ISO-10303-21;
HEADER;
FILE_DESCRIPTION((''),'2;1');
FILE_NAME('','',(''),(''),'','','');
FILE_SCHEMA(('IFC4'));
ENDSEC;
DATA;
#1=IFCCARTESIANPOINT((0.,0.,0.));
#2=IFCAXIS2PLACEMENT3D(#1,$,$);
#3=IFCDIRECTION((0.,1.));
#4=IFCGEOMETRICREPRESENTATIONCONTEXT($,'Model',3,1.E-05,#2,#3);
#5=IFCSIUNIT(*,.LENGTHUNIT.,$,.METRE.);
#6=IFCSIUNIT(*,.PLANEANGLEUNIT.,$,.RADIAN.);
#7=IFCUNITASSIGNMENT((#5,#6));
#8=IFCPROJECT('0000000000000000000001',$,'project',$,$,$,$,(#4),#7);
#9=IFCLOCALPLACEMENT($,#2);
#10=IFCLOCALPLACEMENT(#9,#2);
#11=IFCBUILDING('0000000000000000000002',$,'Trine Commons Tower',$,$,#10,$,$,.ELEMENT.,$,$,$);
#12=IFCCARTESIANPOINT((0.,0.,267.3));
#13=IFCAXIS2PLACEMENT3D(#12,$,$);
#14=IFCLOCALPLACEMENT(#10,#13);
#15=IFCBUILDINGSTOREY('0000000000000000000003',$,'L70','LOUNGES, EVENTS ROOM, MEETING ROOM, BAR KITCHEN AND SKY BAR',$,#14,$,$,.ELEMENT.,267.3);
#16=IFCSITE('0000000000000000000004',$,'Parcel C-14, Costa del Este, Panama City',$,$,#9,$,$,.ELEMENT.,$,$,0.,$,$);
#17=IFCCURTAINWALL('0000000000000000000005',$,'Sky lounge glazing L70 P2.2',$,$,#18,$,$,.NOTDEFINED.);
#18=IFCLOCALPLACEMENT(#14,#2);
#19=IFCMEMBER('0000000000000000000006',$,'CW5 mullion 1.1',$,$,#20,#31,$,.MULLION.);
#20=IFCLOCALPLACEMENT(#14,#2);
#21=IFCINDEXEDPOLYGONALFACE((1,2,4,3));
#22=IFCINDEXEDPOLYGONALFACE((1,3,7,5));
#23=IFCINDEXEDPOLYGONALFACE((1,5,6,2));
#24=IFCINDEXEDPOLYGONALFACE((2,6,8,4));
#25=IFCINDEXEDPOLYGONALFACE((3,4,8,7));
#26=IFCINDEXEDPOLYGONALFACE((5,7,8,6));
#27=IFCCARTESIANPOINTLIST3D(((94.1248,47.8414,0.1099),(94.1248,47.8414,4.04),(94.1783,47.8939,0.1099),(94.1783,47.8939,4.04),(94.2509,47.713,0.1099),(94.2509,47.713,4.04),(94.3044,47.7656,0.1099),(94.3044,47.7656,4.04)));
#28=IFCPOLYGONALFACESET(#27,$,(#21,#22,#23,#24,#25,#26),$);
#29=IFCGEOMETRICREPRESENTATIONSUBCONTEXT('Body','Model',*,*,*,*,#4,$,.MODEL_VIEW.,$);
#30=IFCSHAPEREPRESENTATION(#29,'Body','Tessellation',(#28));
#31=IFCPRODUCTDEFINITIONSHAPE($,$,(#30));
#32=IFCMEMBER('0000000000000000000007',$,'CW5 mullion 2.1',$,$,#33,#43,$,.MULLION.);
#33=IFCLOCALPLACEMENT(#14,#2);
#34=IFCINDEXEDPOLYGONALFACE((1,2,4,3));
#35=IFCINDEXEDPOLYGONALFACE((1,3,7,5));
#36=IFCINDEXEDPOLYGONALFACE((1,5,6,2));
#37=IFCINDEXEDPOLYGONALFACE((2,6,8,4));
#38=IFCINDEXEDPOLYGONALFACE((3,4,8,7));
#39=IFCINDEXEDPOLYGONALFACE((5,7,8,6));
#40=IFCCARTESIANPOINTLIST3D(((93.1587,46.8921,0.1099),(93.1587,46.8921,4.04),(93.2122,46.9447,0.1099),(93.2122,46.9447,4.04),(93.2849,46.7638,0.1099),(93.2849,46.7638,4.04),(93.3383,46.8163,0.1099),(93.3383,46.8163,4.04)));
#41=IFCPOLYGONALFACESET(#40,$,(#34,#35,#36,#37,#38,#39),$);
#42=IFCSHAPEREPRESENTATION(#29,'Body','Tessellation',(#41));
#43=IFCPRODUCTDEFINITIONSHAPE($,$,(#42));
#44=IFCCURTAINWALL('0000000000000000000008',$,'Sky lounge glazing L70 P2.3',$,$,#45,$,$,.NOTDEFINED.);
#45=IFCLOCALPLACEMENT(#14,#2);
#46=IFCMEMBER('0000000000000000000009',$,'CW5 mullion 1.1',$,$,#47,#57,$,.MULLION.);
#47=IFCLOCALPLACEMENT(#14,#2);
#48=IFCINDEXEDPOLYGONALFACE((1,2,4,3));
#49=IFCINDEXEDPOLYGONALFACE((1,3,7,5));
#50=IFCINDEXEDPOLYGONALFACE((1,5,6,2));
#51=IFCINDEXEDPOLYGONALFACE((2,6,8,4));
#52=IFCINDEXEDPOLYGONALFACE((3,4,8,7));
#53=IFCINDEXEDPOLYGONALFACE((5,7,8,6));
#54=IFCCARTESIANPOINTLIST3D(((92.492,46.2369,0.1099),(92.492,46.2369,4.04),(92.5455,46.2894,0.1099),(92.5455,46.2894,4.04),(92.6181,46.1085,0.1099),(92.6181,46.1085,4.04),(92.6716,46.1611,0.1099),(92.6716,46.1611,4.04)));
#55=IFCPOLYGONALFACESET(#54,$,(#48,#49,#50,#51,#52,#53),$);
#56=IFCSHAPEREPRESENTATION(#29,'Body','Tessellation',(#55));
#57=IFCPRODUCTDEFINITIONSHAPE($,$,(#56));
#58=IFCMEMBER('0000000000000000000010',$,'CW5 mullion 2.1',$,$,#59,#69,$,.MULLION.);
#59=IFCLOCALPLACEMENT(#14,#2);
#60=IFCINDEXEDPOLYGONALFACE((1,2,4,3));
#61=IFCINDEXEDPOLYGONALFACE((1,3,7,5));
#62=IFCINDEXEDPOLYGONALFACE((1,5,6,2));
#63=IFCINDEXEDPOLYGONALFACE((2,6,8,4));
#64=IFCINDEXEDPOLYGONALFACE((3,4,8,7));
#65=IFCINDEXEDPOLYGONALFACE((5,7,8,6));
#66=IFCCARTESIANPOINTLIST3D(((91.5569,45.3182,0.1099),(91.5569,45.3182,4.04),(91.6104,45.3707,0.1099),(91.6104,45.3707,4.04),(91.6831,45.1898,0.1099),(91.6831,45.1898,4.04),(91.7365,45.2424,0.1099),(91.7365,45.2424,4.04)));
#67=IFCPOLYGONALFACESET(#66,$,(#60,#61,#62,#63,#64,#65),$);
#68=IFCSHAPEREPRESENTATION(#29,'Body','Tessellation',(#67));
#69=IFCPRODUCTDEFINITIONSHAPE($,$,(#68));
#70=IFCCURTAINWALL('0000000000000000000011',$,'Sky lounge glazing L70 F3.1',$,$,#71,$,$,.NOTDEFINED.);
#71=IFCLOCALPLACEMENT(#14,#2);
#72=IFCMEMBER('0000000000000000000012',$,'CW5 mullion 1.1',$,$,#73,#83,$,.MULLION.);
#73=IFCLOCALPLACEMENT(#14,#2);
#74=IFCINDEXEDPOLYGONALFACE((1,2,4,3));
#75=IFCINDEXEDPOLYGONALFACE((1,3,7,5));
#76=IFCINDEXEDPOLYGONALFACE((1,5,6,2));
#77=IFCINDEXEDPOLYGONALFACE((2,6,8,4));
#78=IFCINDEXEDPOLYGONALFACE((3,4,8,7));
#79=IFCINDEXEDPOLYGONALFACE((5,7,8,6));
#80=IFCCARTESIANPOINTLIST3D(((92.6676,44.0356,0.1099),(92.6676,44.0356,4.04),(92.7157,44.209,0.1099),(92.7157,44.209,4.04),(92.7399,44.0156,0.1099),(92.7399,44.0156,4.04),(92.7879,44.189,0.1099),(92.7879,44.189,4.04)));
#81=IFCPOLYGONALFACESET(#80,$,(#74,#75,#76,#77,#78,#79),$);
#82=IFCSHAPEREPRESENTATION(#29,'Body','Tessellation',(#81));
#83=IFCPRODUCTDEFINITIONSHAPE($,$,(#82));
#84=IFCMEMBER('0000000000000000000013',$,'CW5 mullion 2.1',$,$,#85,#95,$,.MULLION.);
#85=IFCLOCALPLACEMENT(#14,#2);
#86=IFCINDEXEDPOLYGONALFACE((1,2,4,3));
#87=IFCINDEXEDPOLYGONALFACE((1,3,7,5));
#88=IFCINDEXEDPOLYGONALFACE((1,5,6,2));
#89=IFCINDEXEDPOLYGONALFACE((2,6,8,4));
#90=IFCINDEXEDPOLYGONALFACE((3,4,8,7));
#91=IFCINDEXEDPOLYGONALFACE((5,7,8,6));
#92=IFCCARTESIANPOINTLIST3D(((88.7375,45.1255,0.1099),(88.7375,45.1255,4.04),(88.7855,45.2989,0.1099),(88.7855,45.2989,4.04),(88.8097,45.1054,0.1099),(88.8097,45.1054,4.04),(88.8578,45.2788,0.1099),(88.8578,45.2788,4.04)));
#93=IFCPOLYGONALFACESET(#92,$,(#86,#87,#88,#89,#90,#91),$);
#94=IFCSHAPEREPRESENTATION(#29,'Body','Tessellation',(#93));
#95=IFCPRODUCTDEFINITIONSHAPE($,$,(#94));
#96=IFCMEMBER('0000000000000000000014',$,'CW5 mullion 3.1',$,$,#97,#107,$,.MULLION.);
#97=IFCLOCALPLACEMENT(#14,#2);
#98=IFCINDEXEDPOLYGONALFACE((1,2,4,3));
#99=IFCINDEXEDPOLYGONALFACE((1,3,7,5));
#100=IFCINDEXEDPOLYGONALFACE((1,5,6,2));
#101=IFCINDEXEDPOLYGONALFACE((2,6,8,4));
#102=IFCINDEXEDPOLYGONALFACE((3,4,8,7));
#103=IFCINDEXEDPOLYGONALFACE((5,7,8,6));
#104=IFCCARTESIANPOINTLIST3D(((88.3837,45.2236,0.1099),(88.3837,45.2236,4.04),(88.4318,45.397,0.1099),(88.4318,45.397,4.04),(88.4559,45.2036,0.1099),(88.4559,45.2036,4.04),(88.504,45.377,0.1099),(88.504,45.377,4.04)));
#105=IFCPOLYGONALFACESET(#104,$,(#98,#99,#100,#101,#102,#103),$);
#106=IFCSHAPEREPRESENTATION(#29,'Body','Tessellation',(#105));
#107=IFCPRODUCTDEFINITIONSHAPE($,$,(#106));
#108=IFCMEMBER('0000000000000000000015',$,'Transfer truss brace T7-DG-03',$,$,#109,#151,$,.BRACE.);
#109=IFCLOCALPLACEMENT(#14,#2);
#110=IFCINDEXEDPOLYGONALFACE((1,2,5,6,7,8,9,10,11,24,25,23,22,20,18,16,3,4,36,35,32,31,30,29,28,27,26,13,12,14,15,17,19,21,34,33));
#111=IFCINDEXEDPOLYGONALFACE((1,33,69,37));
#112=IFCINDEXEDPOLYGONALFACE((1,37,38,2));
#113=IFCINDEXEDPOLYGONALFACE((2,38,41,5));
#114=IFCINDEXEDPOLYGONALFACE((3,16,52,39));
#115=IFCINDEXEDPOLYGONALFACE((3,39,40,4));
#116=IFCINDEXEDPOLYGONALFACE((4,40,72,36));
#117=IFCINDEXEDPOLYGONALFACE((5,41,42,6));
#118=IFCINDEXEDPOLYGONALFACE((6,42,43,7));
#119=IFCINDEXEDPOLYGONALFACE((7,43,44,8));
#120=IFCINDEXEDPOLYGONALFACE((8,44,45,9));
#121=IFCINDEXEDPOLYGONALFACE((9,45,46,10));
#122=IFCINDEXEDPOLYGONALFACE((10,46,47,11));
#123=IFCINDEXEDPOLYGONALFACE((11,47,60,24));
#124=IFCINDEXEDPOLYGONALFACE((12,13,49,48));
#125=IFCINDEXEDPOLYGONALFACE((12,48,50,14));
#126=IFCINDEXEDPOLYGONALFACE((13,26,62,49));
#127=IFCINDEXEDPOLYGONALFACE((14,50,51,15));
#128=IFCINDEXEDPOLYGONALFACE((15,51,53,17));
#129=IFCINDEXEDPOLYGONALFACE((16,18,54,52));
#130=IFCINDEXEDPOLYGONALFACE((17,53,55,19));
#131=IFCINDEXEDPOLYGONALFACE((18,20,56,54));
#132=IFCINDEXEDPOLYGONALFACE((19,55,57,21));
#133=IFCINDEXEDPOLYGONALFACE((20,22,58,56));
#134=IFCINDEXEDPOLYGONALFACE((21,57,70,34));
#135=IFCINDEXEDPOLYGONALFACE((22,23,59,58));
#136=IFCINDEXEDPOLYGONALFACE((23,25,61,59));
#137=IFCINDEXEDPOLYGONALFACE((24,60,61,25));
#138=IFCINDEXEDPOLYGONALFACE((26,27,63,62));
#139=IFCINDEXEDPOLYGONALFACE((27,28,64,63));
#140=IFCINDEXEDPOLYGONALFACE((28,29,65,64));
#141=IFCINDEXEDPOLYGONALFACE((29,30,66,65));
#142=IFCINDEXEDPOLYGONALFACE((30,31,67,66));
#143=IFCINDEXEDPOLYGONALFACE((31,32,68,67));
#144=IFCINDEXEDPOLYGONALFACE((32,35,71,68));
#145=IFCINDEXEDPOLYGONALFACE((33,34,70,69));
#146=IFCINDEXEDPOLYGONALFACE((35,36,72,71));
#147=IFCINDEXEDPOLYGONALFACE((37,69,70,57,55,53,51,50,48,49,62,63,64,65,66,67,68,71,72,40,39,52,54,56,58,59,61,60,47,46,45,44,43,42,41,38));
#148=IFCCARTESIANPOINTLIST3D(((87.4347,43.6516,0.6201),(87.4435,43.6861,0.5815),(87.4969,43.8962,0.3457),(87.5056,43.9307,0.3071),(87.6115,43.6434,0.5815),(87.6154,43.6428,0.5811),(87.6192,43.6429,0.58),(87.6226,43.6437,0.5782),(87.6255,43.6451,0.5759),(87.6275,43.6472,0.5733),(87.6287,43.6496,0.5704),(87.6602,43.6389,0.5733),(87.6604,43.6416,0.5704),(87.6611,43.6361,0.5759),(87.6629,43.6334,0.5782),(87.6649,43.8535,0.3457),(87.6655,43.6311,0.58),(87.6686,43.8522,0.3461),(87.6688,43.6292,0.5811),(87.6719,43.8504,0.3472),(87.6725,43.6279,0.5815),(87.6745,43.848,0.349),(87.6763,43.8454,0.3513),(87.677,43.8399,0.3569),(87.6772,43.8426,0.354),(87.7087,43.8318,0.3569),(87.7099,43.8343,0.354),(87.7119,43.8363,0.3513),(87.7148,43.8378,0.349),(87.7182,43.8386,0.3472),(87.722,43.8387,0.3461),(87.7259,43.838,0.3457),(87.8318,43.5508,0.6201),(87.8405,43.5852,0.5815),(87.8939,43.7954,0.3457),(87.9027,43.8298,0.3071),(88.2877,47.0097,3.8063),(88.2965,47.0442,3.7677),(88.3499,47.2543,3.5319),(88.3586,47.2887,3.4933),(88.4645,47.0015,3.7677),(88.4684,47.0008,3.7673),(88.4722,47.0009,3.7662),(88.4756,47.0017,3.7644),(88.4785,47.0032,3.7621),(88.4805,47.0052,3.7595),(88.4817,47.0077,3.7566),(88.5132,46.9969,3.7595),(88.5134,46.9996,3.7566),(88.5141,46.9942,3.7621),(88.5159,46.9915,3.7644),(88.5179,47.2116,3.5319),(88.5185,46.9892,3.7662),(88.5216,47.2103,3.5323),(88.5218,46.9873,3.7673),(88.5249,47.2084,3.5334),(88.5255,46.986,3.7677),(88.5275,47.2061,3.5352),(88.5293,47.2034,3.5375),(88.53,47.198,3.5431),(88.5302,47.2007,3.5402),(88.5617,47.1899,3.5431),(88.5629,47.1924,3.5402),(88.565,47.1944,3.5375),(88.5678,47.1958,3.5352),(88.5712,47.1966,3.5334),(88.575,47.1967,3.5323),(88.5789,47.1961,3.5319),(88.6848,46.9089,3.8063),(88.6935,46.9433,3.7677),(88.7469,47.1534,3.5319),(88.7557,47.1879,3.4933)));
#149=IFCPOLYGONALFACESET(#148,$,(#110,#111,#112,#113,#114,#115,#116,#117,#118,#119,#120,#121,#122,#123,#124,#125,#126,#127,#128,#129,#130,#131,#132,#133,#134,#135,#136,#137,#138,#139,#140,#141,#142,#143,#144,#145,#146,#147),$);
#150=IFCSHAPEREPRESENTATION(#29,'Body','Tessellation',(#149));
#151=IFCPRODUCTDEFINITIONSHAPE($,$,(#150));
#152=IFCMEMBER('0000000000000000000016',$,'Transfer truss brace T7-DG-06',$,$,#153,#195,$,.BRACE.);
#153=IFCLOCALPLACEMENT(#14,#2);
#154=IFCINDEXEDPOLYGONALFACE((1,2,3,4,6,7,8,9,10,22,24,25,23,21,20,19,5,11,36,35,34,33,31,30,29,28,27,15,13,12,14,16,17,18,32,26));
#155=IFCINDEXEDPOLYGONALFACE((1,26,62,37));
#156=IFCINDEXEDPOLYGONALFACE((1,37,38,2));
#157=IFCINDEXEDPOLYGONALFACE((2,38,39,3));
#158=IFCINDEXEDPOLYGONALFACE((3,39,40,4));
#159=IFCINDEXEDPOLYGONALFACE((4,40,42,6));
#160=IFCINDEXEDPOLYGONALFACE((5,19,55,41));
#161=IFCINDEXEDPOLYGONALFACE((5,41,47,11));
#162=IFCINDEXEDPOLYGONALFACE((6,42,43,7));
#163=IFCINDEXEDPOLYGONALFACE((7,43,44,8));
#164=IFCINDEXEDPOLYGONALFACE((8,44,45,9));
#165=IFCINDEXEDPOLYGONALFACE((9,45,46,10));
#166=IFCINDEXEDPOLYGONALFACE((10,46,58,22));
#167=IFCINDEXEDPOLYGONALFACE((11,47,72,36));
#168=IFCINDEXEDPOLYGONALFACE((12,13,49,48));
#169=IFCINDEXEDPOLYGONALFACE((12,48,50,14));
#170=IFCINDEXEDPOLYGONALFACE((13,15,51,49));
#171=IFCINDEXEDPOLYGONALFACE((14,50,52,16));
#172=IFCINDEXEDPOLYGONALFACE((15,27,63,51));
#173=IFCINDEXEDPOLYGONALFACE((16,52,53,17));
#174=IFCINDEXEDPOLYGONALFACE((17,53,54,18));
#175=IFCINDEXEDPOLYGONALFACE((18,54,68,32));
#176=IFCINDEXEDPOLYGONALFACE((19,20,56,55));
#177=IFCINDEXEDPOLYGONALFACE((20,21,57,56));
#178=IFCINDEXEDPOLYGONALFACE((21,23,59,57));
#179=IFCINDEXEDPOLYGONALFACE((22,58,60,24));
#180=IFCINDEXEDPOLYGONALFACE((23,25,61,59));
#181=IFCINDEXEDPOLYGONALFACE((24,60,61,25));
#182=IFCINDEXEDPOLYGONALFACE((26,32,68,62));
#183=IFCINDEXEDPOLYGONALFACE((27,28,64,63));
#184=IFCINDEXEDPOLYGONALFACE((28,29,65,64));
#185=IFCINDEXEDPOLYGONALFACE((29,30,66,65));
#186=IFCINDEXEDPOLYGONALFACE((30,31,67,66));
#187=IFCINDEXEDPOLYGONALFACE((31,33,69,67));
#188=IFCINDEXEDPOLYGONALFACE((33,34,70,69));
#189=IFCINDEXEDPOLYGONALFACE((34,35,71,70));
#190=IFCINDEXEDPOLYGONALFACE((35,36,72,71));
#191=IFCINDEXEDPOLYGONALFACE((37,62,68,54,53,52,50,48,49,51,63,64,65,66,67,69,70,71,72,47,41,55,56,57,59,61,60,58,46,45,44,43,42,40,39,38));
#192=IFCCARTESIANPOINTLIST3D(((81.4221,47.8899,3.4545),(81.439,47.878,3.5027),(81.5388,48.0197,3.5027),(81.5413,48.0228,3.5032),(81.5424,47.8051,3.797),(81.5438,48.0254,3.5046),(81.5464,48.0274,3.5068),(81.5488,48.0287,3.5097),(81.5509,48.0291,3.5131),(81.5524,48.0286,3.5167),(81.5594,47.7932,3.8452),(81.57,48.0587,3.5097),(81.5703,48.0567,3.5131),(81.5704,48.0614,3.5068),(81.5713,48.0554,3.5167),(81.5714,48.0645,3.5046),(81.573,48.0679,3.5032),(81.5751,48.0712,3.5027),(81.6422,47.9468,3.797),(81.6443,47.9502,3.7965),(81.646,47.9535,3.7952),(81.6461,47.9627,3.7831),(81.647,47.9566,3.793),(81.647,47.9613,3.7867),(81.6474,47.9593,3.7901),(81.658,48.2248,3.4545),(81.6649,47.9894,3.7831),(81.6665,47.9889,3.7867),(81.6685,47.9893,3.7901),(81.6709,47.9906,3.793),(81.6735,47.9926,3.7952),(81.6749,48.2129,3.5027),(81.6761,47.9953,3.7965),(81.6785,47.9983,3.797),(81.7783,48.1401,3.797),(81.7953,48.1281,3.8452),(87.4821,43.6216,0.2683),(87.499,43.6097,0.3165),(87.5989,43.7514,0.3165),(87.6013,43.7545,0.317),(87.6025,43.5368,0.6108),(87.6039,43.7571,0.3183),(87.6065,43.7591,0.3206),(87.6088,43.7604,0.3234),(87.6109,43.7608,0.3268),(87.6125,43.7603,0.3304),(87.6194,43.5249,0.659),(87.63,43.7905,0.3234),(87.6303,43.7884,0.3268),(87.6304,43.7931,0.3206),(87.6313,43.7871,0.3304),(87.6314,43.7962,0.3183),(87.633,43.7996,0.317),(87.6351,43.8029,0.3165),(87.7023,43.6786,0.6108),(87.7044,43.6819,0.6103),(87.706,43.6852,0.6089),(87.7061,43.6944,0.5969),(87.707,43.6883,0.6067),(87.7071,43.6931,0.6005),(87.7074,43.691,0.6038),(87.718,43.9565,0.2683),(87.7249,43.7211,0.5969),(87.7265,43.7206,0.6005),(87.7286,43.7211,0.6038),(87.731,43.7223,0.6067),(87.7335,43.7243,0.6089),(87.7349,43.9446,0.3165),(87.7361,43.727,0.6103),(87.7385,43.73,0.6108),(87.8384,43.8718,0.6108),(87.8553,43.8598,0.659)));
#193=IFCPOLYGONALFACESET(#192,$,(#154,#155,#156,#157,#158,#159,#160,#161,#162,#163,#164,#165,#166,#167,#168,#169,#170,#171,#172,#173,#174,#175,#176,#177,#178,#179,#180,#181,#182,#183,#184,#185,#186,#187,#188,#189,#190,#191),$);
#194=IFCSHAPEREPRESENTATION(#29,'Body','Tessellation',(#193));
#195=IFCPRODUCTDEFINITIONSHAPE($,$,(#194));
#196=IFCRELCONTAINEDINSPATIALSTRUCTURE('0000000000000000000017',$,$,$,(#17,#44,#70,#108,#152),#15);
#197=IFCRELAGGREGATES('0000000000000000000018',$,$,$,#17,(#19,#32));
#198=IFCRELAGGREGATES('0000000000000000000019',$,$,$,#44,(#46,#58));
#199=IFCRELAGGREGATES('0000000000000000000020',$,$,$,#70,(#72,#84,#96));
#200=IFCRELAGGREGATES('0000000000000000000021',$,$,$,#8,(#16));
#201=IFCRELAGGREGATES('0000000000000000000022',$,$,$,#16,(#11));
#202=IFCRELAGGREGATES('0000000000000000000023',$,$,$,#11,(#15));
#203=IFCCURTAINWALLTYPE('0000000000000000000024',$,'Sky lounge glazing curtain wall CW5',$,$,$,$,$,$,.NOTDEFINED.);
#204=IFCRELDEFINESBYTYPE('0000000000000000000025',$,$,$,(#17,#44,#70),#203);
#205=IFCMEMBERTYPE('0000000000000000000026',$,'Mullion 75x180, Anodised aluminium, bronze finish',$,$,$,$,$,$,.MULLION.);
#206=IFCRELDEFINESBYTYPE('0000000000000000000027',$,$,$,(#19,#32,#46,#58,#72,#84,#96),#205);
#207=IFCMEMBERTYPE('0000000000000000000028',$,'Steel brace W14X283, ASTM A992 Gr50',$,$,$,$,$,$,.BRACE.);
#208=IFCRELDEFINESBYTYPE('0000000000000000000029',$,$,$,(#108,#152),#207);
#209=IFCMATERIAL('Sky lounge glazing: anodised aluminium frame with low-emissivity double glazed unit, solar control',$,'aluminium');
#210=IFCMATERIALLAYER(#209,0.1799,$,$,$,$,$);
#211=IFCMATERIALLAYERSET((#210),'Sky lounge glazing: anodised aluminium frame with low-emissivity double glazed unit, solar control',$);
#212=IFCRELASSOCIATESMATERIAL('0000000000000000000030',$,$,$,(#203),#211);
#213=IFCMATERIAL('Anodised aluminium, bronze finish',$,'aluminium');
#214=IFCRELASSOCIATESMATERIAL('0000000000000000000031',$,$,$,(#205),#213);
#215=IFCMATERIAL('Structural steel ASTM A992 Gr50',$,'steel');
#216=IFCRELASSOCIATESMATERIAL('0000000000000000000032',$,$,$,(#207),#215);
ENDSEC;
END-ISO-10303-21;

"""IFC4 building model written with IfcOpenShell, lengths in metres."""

from ifc_helpers import new_model, si_unit, direction, frame, origin, origin_2d, place, context, subcontext, project, spatial, rectangle, i_section, extrude, material, layer, layer_set, material_profile, profile_set, type_object, element, aggregate, save


model = new_model("IFC4")

# Units and contexts
model_context = context("Model", 3, precision=1e-05, world=origin(), true_north=direction((0.0, 1.0)))
body_context = subcontext(model_context, "Body", "Model", "MODEL_VIEW")
ifc_project = project(units=[si_unit("LENGTHUNIT", "METRE"), si_unit("PLANEANGLEUNIT", "RADIAN")], contexts=[model_context])

# Site, building, storey
site_placement = place(None, origin())
site = spatial("IfcSite", under=ifc_project, at=site_placement, Name="Parcel C-14, Costa del Este, Panama City", CompositionType="ELEMENT", RefElevation=0.0)
building_placement = place(site_placement, origin())
building = spatial("IfcBuilding", under=site, at=building_placement, Name="Trine Commons Tower", CompositionType="ELEMENT")
storey_placement = place(building_placement, frame((0.0, 0.0, 267.3)))
storey = spatial("IfcBuildingStorey", under=building, at=storey_placement, Name="L70", Description="LOUNGES, EVENTS ROOM, MEETING ROOM, BAR KITCHEN AND SKY BAR", CompositionType="ELEMENT", Elevation=267.3)

# Curtain walls, members
ifc_material_1 = material(Name="Sky lounge glazing: anodised aluminium frame with low-emissivity double glazed unit, solar control", Category="aluminium")
ifc_layer_1 = layer(ifc_material_1, 0.1799)
ifc_layer_set_1 = layer_set([ifc_layer_1], Name="Sky lounge glazing: anodised aluminium frame with low-emissivity double glazed unit, solar control")
curtain_wall_type = type_object("IfcCurtainWallType", Name="Sky lounge glazing curtain wall CW5", PredefinedType="NOTDEFINED", material=ifc_layer_set_1)
curtain_wall_1_placement = place(storey_placement, origin())
curtain_wall_1 = element("IfcCurtainWall", 1, at=curtain_wall_1_placement, inside=storey, type_object=curtain_wall_type, Name="Sky lounge glazing L70 P2.2", PredefinedType="NOTDEFINED")
ifc_material_2 = material(Name="Anodised aluminium, bronze finish", Category="aluminium")
ifc_material_profile_1 = material_profile(ifc_material_2, rectangle(XDim=0.1799, YDim=0.075, at=origin_2d()), Name="Mullion 75x180")
ifc_profile_set_1 = profile_set([ifc_material_profile_1], Name="Anodised aluminium, bronze finish")
member_type_1 = type_object("IfcMemberType", Name="Mullion 75x180, Anodised aluminium, bronze finish", PredefinedType="MULLION", material=ifc_profile_set_1)
member_1_placement = place(storey_placement, frame((94.2146, 47.8035, 0.1099), z_axis=(0.0, 0.0, 1.0), x_axis=(0.700909, -0.71325, 0.0)))
member_1 = element("IfcMember", 2, at=member_1_placement, type_object=member_type_1, Name="CW5 mullion 1.1", PredefinedType="MULLION", context=body_context, shape_type="SweptSolid", body=[
    extrude(rectangle(XDim=0.1799, YDim=0.075, at=origin_2d()), origin(), (0.0, 0.0, 1.0), 3.9302),
])
member_2_placement = place(storey_placement, frame((93.2485, 46.8542, 0.1099), z_axis=(0.0, 0.0, 1.0), x_axis=(0.700909, -0.71325, 0.0)))
member_2 = element("IfcMember", 3, at=member_2_placement, type_object=member_type_1, Name="CW5 mullion 2.1", PredefinedType="MULLION", context=body_context, shape_type="SweptSolid", body=[
    extrude(rectangle(XDim=0.1799, YDim=0.075, at=origin_2d()), origin(), (0.0, 0.0, 1.0), 3.9302),
])
curtain_wall_2_placement = place(storey_placement, origin())
curtain_wall_2 = element("IfcCurtainWall", 4, at=curtain_wall_2_placement, inside=storey, type_object=curtain_wall_type, Name="Sky lounge glazing L70 P2.3", PredefinedType="NOTDEFINED")
member_3_placement = place(storey_placement, frame((92.5818, 46.199, 0.1099), z_axis=(0.0, 0.0, 1.0), x_axis=(0.700909, -0.71325, 0.0)))
member_3 = element("IfcMember", 5, at=member_3_placement, type_object=member_type_1, Name="CW5 mullion 1.1", PredefinedType="MULLION", context=body_context, shape_type="SweptSolid", body=[
    extrude(rectangle(XDim=0.1799, YDim=0.075, at=origin_2d()), origin(), (0.0, 0.0, 1.0), 3.9302),
])
member_4_placement = place(storey_placement, frame((91.6467, 45.2803, 0.1099), z_axis=(0.0, 0.0, 1.0), x_axis=(0.700909, -0.71325, 0.0)))
member_4 = element("IfcMember", 6, at=member_4_placement, type_object=member_type_1, Name="CW5 mullion 2.1", PredefinedType="MULLION", context=body_context, shape_type="SweptSolid", body=[
    extrude(rectangle(XDim=0.1799, YDim=0.075, at=origin_2d()), origin(), (0.0, 0.0, 1.0), 3.9302),
])
curtain_wall_3_placement = place(storey_placement, origin())
curtain_wall_3 = element("IfcCurtainWall", 7, at=curtain_wall_3_placement, inside=storey, type_object=curtain_wall_type, Name="Sky lounge glazing L70 F3.1", PredefinedType="NOTDEFINED")
member_5_placement = place(storey_placement, frame((92.7278, 44.1123, 0.1099), z_axis=(0.0, 0.0, 1.0), x_axis=(-0.267238, -0.96363, 0.0)))
member_5 = element("IfcMember", 8, at=member_5_placement, type_object=member_type_1, Name="CW5 mullion 1.1", PredefinedType="MULLION", context=body_context, shape_type="SweptSolid", body=[
    extrude(rectangle(XDim=0.1799, YDim=0.075, at=origin_2d()), origin(), (0.0, 0.0, 1.0), 3.9302),
])
member_6_placement = place(storey_placement, frame((88.7976, 45.2021, 0.1099), z_axis=(0.0, 0.0, 1.0), x_axis=(-0.267238, -0.96363, 0.0)))
member_6 = element("IfcMember", 9, at=member_6_placement, type_object=member_type_1, Name="CW5 mullion 2.1", PredefinedType="MULLION", context=body_context, shape_type="SweptSolid", body=[
    extrude(rectangle(XDim=0.1799, YDim=0.075, at=origin_2d()), origin(), (0.0, 0.0, 1.0), 3.9302),
])
member_7_placement = place(storey_placement, frame((88.4438, 45.3003, 0.1099), z_axis=(0.0, 0.0, 1.0), x_axis=(-0.267238, -0.96363, 0.0)))
member_7 = element("IfcMember", 10, at=member_7_placement, type_object=member_type_1, Name="CW5 mullion 3.1", PredefinedType="MULLION", context=body_context, shape_type="SweptSolid", body=[
    extrude(rectangle(XDim=0.1799, YDim=0.075, at=origin_2d()), origin(), (0.0, 0.0, 1.0), 3.9302),
])

# Members
ifc_material_3 = material(Name="Structural steel ASTM A992 Gr50", Category="steel")
ifc_material_profile_2 = material_profile(ifc_material_3, i_section(OverallWidth=0.4097, OverallDepth=0.4253, WebThickness=0.0327, FlangeThickness=0.0525, FilletRadius=0.0151, at=origin_2d()), Name="W14X283")
ifc_profile_set_2 = profile_set([ifc_material_profile_2], Name="Structural steel ASTM A992 Gr50")
member_type_2 = type_object("IfcMemberType", Name="Steel brace W14X283, ASTM A992 Gr50", PredefinedType="BRACE", material=ifc_profile_set_2)
member_8_placement = place(storey_placement, frame((87.6687, 43.7407, 0.4636), z_axis=(0.18122, 0.713416, 0.676902), x_axis=(-0.96922, 0.246198, 0.0)))
element("IfcMember", 11, at=member_8_placement, inside=storey, type_object=member_type_2, Name="Transfer truss brace T7-DG-03", PredefinedType="BRACE", context=body_context, shape_type="SweptSolid", body=[
    extrude(i_section(OverallWidth=0.4097, OverallDepth=0.4253, WebThickness=0.0327, FlangeThickness=0.0525, FilletRadius=0.0151, at=origin_2d()), origin(), (0.0, 0.0, 1.0), 4.707),
])
member_9_placement = place(storey_placement, frame((87.6687, 43.7407, 0.4636), z_axis=(-0.751108, 0.529032, 0.39492), x_axis=(-0.575838, -0.817563, 0.0)))
element("IfcMember", 12, at=member_9_placement, inside=storey, type_object=member_type_2, Name="Transfer truss brace T7-DG-06", PredefinedType="BRACE", context=body_context, shape_type="SweptSolid", body=[
    extrude(i_section(OverallWidth=0.4097, OverallDepth=0.4253, WebThickness=0.0327, FlangeThickness=0.0525, FilletRadius=0.0151, at=origin_2d()), origin(), (0.0, 0.0, 1.0), 8.0681),
])

aggregate(curtain_wall_1, [member_1, member_2])
aggregate(curtain_wall_2, [member_3, member_4])
aggregate(curtain_wall_3, [member_5, member_6, member_7])

save(model, "model.ifc")
